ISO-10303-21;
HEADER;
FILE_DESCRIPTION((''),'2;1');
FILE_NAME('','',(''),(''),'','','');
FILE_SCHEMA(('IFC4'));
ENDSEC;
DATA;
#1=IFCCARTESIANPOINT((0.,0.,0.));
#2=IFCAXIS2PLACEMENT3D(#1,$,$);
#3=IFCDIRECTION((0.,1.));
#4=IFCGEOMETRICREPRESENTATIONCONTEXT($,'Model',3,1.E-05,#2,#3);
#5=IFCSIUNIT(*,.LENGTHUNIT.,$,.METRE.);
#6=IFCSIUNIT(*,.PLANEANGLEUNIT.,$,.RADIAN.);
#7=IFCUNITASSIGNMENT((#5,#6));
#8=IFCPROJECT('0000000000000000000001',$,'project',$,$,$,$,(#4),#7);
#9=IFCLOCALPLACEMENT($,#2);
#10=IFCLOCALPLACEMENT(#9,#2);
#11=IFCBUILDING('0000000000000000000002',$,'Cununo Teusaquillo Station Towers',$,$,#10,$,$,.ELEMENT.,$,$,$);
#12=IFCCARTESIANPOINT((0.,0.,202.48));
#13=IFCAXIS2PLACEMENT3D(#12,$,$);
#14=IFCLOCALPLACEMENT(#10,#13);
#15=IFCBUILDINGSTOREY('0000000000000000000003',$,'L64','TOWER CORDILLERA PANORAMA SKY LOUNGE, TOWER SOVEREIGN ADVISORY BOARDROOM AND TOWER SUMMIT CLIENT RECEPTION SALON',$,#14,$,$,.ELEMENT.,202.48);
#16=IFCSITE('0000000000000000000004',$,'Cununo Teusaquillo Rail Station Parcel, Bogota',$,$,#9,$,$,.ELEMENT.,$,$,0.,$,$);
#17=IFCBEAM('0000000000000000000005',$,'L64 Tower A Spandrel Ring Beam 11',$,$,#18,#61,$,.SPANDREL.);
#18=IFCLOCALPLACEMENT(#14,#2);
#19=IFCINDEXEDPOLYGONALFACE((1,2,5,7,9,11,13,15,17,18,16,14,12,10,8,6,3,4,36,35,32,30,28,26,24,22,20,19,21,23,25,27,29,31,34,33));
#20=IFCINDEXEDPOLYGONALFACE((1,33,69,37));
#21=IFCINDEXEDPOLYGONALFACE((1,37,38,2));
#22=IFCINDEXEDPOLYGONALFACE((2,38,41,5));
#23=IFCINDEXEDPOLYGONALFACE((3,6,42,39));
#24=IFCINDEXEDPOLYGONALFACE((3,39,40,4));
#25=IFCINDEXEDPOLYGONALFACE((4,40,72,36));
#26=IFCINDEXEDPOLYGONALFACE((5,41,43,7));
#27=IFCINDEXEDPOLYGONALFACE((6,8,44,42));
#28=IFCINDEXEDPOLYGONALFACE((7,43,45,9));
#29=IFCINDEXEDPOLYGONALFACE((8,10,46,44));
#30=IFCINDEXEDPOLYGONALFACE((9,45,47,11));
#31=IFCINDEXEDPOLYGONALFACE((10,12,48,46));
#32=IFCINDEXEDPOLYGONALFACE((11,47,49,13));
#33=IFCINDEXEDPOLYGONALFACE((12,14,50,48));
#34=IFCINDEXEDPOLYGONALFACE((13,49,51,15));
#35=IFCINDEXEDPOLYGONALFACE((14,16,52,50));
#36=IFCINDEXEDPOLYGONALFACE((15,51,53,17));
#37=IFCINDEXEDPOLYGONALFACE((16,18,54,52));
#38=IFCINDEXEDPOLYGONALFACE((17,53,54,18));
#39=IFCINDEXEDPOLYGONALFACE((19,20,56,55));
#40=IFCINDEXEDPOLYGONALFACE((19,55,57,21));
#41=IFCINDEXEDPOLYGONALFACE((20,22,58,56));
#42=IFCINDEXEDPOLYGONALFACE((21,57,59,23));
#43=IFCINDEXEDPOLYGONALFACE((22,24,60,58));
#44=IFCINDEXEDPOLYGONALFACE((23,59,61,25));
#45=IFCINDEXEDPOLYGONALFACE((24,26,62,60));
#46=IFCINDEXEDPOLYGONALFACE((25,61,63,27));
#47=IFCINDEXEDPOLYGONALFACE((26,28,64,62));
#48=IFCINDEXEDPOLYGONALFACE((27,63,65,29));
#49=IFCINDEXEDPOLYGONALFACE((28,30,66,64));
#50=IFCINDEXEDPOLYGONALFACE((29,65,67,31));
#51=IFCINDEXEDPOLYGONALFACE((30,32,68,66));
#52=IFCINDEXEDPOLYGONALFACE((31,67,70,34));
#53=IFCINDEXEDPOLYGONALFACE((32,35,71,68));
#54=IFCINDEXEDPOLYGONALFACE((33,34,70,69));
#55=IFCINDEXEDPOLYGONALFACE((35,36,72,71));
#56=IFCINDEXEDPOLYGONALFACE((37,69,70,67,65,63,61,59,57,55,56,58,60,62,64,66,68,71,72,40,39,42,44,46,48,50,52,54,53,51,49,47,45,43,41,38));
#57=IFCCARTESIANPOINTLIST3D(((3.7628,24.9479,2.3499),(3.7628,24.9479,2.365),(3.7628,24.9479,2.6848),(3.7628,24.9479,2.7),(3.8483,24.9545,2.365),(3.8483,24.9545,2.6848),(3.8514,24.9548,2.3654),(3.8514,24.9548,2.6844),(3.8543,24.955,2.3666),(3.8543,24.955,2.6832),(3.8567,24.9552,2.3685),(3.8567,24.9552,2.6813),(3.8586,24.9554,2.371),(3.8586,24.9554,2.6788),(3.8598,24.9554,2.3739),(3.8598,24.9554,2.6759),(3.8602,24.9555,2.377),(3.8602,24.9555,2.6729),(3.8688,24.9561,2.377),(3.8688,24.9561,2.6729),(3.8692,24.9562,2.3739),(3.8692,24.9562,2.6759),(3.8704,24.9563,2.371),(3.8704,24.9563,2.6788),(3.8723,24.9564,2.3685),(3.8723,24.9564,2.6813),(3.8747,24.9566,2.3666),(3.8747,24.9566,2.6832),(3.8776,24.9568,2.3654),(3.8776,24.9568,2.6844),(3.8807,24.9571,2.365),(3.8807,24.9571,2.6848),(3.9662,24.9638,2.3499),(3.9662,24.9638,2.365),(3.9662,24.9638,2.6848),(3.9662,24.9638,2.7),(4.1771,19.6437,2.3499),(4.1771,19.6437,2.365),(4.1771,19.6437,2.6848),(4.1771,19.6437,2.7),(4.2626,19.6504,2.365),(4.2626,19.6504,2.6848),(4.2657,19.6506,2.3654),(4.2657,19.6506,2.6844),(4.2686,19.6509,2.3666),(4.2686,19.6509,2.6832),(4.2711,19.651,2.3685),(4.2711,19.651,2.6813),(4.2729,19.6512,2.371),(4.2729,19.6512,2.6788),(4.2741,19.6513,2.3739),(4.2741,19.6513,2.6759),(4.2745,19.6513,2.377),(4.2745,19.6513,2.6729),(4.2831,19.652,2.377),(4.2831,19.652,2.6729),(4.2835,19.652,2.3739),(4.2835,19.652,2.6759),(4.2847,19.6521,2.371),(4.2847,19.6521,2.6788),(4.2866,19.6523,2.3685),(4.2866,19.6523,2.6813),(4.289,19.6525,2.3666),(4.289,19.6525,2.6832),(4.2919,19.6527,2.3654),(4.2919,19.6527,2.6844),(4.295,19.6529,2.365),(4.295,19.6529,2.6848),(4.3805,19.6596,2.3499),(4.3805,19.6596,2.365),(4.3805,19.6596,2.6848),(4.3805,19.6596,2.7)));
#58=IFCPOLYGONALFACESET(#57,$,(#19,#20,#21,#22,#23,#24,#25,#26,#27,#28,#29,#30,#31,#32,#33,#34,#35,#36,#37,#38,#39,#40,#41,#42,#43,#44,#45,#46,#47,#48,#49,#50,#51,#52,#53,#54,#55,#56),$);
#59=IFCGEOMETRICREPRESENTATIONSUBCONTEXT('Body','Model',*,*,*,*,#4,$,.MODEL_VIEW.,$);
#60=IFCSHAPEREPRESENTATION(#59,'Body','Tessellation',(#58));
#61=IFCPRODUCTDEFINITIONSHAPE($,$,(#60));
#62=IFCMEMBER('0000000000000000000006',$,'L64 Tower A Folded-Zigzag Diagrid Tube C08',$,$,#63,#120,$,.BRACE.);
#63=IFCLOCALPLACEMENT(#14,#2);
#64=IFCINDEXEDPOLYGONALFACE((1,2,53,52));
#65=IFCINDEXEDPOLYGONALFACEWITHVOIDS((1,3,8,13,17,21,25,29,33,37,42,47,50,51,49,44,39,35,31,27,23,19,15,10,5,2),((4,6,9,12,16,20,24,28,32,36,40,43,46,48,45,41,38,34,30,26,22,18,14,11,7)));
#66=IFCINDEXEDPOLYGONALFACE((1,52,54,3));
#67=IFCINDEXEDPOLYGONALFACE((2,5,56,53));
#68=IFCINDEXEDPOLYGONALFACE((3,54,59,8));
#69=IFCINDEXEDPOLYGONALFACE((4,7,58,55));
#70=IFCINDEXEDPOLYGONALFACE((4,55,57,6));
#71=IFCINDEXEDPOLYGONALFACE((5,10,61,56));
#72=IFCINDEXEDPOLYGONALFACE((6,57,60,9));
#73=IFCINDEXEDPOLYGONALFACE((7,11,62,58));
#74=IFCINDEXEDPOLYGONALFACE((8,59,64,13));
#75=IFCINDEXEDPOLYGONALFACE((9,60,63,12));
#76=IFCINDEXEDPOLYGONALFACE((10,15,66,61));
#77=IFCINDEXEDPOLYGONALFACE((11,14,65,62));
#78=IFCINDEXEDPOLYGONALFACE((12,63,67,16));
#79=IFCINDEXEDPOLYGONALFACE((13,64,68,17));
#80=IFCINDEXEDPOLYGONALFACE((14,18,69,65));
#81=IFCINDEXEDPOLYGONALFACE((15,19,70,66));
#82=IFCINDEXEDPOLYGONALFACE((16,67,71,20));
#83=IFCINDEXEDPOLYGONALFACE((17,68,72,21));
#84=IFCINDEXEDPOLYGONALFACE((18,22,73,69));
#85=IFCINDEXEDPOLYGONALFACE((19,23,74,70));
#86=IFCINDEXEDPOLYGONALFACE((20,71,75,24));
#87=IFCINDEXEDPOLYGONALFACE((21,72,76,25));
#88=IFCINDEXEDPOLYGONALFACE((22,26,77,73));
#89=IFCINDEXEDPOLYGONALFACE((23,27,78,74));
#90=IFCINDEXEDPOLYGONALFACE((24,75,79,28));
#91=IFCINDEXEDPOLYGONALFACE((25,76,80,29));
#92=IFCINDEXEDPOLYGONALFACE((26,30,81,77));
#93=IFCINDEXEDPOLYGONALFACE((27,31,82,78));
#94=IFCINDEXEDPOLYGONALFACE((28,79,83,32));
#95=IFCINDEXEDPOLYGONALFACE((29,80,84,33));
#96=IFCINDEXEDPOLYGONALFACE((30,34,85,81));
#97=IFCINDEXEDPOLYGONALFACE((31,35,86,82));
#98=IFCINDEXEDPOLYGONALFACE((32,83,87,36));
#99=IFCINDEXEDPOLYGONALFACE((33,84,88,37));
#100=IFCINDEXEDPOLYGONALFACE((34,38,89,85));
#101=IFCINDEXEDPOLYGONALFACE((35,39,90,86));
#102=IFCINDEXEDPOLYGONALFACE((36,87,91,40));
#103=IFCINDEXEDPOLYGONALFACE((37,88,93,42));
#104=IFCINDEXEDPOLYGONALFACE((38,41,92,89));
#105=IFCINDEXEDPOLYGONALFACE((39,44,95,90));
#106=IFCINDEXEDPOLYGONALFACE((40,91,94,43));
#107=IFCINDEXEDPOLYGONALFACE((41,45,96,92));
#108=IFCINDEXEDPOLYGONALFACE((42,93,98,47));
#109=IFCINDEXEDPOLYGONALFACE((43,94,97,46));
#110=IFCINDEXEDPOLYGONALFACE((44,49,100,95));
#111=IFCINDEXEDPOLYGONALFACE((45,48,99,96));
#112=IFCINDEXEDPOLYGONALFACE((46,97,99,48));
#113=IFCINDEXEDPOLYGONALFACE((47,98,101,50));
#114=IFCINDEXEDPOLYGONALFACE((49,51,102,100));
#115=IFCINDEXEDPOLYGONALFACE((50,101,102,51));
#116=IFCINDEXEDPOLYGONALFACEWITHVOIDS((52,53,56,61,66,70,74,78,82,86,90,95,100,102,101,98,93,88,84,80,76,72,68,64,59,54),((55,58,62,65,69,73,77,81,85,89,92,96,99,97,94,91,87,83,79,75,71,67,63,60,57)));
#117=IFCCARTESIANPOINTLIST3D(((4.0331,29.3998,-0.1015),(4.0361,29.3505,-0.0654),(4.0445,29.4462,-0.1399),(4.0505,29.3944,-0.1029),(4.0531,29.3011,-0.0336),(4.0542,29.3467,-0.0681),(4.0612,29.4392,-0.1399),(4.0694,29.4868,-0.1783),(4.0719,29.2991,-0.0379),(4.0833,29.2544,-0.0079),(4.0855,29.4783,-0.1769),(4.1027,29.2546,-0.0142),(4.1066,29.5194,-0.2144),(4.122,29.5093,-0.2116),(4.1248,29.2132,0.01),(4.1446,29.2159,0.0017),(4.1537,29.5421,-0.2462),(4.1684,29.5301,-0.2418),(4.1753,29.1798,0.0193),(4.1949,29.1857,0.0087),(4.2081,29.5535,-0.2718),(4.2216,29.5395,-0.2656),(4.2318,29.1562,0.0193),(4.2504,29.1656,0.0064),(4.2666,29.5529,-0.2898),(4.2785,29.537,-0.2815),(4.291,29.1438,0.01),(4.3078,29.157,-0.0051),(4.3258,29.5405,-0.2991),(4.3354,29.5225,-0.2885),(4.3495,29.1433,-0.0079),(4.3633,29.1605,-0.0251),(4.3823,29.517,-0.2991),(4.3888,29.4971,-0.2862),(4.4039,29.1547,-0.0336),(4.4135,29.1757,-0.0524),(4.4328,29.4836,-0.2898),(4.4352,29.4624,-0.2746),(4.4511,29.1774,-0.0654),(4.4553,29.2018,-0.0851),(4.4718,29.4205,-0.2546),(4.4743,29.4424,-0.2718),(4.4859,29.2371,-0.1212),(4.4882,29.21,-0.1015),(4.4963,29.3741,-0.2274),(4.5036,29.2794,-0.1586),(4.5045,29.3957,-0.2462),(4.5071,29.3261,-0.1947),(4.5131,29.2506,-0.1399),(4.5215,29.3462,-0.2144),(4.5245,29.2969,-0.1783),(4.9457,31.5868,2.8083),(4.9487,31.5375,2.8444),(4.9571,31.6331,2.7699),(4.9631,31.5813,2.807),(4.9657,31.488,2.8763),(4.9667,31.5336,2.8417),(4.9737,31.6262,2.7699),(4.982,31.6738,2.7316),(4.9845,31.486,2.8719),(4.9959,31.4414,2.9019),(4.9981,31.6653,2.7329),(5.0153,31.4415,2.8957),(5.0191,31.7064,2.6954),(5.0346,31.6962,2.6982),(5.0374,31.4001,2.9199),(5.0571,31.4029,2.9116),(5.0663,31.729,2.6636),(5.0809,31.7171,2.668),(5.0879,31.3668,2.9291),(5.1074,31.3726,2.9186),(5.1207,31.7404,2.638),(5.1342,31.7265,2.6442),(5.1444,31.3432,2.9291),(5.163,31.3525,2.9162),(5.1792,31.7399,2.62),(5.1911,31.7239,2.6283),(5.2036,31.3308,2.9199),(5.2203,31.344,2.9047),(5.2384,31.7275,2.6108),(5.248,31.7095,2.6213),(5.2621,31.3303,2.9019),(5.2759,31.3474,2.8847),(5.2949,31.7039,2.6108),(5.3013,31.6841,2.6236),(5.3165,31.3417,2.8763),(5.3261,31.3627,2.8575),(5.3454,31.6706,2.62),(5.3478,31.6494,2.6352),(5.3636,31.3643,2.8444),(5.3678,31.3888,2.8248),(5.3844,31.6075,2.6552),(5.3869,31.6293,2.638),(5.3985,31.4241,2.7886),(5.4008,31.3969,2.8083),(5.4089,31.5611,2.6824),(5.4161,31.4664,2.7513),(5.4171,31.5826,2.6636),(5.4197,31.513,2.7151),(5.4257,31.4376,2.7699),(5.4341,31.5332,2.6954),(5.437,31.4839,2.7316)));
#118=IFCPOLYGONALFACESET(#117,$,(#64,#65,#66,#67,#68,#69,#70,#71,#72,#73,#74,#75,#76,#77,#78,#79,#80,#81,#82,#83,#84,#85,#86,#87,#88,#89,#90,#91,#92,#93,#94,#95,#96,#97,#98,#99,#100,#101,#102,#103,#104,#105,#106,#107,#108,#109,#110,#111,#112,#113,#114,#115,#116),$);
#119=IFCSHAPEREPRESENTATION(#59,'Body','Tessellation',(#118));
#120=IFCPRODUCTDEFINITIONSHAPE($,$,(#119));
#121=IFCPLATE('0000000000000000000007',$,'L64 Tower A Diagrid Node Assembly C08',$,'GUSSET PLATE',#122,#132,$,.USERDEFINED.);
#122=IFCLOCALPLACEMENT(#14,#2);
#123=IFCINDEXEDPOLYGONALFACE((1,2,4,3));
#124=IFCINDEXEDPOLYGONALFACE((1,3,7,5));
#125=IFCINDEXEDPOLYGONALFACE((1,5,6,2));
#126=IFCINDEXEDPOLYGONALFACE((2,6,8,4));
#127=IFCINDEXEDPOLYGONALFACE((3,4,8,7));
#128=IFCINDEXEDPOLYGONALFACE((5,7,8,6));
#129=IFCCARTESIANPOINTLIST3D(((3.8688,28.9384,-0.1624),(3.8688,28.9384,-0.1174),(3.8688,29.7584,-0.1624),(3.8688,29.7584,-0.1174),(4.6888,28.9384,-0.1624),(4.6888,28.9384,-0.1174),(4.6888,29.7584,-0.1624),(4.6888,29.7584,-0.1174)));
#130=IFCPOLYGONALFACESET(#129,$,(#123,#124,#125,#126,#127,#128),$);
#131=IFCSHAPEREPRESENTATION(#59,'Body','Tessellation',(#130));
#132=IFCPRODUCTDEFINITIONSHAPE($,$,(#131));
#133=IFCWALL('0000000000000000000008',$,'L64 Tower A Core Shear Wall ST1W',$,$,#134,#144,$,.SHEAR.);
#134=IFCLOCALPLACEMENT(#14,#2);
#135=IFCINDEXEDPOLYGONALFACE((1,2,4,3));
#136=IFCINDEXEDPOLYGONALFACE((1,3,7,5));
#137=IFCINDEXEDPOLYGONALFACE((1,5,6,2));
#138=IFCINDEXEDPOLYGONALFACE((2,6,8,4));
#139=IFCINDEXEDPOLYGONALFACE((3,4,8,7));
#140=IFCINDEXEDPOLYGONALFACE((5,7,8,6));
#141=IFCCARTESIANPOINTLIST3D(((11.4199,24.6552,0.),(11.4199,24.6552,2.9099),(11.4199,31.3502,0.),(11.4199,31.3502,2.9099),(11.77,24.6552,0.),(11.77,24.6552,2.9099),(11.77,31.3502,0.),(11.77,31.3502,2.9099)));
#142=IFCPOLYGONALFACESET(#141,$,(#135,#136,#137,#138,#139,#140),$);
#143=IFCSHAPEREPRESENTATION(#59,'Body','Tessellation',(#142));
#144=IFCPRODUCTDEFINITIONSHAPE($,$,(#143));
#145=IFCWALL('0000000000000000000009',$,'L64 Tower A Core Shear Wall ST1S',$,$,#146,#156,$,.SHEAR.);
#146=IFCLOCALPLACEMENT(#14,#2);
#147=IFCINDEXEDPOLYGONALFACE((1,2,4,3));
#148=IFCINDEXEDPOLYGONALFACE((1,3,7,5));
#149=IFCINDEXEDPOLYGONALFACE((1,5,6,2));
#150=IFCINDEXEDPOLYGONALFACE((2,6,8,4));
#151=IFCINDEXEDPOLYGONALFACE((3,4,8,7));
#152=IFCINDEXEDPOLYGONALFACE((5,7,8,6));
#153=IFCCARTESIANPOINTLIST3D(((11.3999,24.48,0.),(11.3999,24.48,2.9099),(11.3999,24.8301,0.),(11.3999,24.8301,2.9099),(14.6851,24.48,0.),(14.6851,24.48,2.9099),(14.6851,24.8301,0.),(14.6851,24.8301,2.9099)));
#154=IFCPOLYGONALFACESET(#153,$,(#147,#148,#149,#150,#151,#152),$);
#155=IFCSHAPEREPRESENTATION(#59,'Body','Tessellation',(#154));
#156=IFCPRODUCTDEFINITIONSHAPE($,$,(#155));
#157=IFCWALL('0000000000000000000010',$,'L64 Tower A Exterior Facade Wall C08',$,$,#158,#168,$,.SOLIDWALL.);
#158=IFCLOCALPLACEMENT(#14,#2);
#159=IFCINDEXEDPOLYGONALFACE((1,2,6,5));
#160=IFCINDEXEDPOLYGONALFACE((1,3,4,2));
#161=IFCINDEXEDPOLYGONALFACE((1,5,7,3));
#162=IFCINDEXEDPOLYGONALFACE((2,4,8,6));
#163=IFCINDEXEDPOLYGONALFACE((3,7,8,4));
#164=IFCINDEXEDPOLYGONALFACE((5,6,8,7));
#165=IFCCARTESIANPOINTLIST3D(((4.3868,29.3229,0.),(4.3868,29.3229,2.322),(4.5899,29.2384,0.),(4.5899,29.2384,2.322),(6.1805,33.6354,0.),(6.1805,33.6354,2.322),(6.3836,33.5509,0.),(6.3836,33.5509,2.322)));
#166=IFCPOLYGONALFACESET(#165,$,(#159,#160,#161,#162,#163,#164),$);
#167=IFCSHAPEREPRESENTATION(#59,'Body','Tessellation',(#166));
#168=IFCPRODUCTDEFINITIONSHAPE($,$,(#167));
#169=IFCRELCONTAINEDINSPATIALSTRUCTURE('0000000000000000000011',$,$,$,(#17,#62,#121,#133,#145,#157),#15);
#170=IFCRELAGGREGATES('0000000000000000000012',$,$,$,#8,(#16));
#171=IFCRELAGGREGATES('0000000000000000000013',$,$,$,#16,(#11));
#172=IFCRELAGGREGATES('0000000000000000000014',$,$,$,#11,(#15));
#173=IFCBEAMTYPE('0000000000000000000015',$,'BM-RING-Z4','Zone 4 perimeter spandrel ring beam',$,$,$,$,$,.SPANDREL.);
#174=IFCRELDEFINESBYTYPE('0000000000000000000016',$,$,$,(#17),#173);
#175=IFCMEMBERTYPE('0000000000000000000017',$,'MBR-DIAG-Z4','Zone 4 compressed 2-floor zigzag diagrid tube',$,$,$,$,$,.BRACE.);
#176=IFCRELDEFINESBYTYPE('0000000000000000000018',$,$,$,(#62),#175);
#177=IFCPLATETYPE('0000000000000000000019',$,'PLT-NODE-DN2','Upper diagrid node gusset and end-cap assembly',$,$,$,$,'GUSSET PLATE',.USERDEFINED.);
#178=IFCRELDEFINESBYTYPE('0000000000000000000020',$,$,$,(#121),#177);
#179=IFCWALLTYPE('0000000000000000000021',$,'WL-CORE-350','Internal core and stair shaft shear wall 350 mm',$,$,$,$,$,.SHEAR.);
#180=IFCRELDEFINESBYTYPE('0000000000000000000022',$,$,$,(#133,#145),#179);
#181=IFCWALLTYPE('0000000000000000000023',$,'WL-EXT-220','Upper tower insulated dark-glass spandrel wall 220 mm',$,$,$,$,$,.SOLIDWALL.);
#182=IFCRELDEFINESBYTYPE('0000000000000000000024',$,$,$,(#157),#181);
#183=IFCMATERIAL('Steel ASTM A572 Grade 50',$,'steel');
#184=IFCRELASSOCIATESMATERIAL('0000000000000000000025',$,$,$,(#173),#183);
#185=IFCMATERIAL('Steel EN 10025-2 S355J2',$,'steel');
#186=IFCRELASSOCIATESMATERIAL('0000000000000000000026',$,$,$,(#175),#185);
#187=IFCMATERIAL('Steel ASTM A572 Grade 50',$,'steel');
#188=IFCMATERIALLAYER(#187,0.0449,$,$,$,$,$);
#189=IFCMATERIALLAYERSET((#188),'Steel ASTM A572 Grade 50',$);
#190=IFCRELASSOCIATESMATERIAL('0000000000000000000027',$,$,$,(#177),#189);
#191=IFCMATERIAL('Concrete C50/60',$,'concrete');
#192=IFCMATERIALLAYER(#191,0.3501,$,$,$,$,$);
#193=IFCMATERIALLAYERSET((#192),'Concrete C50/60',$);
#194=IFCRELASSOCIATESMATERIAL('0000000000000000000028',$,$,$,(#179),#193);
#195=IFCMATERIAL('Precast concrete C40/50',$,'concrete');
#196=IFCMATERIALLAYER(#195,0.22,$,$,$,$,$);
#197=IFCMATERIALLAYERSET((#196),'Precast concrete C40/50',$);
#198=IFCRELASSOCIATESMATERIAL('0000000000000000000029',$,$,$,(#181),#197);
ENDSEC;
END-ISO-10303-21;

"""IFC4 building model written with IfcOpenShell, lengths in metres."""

from ifc_helpers import new_model, si_unit, direction, frame, frame_2d, origin, origin_2d, place, context, subcontext, project, spatial, rectangle, hollow_circle, i_section, extrude, source, transform, mapped, material, layer, layer_set, material_profile, profile_set, type_object, element, save


model = new_model("IFC4")

# Units and contexts
model_context = context("Model", 3, precision=1e-05, world=origin(), true_north=direction((0.0, 1.0)))
body_context = subcontext(model_context, "Body", "Model", "MODEL_VIEW")
ifc_project = project(units=[si_unit("LENGTHUNIT", "METRE"), si_unit("PLANEANGLEUNIT", "RADIAN")], contexts=[model_context])

# Site, building, storey
site_placement = place(None, origin())
site = spatial("IfcSite", under=ifc_project, at=site_placement, Name="Cununo Teusaquillo Rail Station Parcel, Bogota", CompositionType="ELEMENT", RefElevation=0.0)
building_placement = place(site_placement, origin())
building = spatial("IfcBuilding", under=site, at=building_placement, Name="Cununo Teusaquillo Station Towers", CompositionType="ELEMENT")
storey_placement = place(building_placement, frame((0.0, 0.0, 202.48)))
storey = spatial("IfcBuildingStorey", under=building, at=storey_placement, Name="L64", Description="TOWER CORDILLERA PANORAMA SKY LOUNGE, TOWER SOVEREIGN ADVISORY BOARDROOM AND TOWER SUMMIT CLIENT RECEPTION SALON", CompositionType="ELEMENT", Elevation=202.48)

# Beam
ifc_material_1 = material(Name="Steel ASTM A572 Grade 50", Category="steel")
ifc_material_profile_1 = material_profile(ifc_material_1, i_section(OverallWidth=0.2041, OverallDepth=0.3501, WebThickness=0.0085, FlangeThickness=0.0151, FilletRadius=0.012, at=origin_2d()), Name="W14X48")
ifc_profile_set_1 = profile_set([ifc_material_profile_1], Name="Steel ASTM A572 Grade 50")
beam_type_1 = type_object("IfcBeamType", Name="BM-RING-Z4", Description="Zone 4 perimeter spandrel ring beam", PredefinedType="SPANDREL", material=ifc_profile_set_1)
beam_1_placement = place(storey_placement, frame((3.8645, 24.9558, 2.5249), z_axis=(0.077872, -0.996963, 0.0), x_axis=(0.996963, 0.077872, 0.0)))
element("IfcBeam", 1, at=beam_1_placement, inside=storey, type_object=beam_type_1, Name="L64 Tower A Spandrel Ring Beam 11", PredefinedType="SPANDREL", context=body_context, shape_type="SweptSolid", body=[
    extrude(i_section(OverallWidth=0.2041, OverallDepth=0.3501, WebThickness=0.0085, FlangeThickness=0.0151, FilletRadius=0.012, at=origin_2d()), origin(), (0.0, 0.0, 1.0), 5.3203),
])

# Member
ifc_material_2 = material(Name="Steel EN 10025-2 S355J2", Category="steel")
ifc_material_profile_2 = material_profile(ifc_material_2, hollow_circle(Radius=0.2539, WallThickness=0.0181, at=origin_2d()), Name="CHS 508x18")
ifc_profile_set_2 = profile_set([ifc_material_profile_2], Name="Steel EN 10025-2 S355J2")
member_type = type_object("IfcMemberType", Name="MBR-DIAG-Z4", Description="Zone 4 compressed 2-floor zigzag diagrid tube", PredefinedType="BRACE", material=ifc_profile_set_2)
member_placement = place(storey_placement, frame((4.2788, 29.3484, -0.1399), z_axis=(0.243178, 0.582769, 0.775399), x_axis=(-0.922876, 0.385098, 0.0)))
element("IfcMember", 2, at=member_placement, inside=storey, type_object=member_type, Name="L64 Tower A Folded-Zigzag Diagrid Tube C08", PredefinedType="BRACE", context=body_context, shape_type="SweptSolid", body=[
    extrude(hollow_circle(Radius=0.2539, WallThickness=0.0181, at=origin_2d()), origin(), (0.0, 0.0, 1.0), 3.7527),
])

# Plate
ifc_material_3 = material(Name="Steel ASTM A572 Grade 50", Category="steel")
ifc_layer_1 = layer(ifc_material_3, 0.0449)
ifc_layer_set_1 = layer_set([ifc_layer_1], Name="Steel ASTM A572 Grade 50")
plate_type = type_object("IfcPlateType", Name="PLT-NODE-DN2", Description="Upper diagrid node gusset and end-cap assembly", ElementType="GUSSET PLATE", PredefinedType="USERDEFINED", material=ifc_layer_set_1)
shared_shape_1 = source(origin(), body_context, "Body", "SweptSolid", [
    extrude(rectangle(XDim=0.8201, YDim=0.8201, at=origin_2d()), origin(), (0.0, 0.0, 1.0), 0.0449),
])
plate_placement = place(storey_placement, frame((4.2788, 29.3484, -0.1624), z_axis=(0.0, 0.0, 1.0), x_axis=(1.0, 0.0, 0.0)))
element("IfcPlate", 3, at=plate_placement, inside=storey, type_object=plate_type, Name="L64 Tower A Diagrid Node Assembly C08", ObjectType="GUSSET PLATE", PredefinedType="USERDEFINED", context=body_context, shape_type="MappedRepresentation", body=[
    mapped(shared_shape_1, transform((0.0, 0.0, 0.0), x_axis=(1.0, 0.0, 0.0), y_axis=(0.0, 1.0, 0.0), z_axis=(0.0, 0.0, 1.0), scale=1.0)),
])

# Walls
ifc_material_4 = material(Name="Concrete C50/60", Category="concrete")
ifc_layer_2 = layer(ifc_material_4, 0.3501)
ifc_layer_set_2 = layer_set([ifc_layer_2], Name="Concrete C50/60")
wall_type_1 = type_object("IfcWallType", Name="WL-CORE-350", Description="Internal core and stair shaft shear wall 350 mm", PredefinedType="SHEAR", material=ifc_layer_set_2)
wall_1_placement = place(storey_placement, frame((11.595, 24.655, 0.0), z_axis=(0.0, 0.0, 1.0), x_axis=(0.0, 1.0, 0.0)))
element("IfcWall", 4, at=wall_1_placement, inside=storey, type_object=wall_type_1, Name="L64 Tower A Core Shear Wall ST1W", PredefinedType="SHEAR", context=body_context, shape_type="SweptSolid", body=[
    extrude(rectangle(XDim=6.6951, YDim=0.3501, at=frame_2d((3.3477, 0.0))), origin(), (0.0, 0.0, 1.0), 2.9099),
])
wall_2_placement = place(storey_placement, frame((11.3999, 24.655, 0.0), z_axis=(0.0, 0.0, 1.0), x_axis=(1.0, 0.0, 0.0)))
element("IfcWall", 5, at=wall_2_placement, inside=storey, type_object=wall_type_1, Name="L64 Tower A Core Shear Wall ST1S", PredefinedType="SHEAR", context=body_context, shape_type="SweptSolid", body=[
    extrude(rectangle(XDim=3.2852, YDim=0.3501, at=frame_2d((1.6426, 0.0))), origin(), (0.0, 0.0, 1.0), 2.9099),
])
ifc_material_5 = material(Name="Precast concrete C40/50", Category="concrete")
ifc_layer_3 = layer(ifc_material_5, 0.22)
ifc_layer_set_3 = layer_set([ifc_layer_3], Name="Precast concrete C40/50")
wall_type_2 = type_object("IfcWallType", Name="WL-EXT-220", Description="Upper tower insulated dark-glass spandrel wall 220 mm", PredefinedType="SOLIDWALL", material=ifc_layer_set_3)
wall_3_placement = place(storey_placement, frame((4.4883, 29.2805, 0.0), z_axis=(0.0, 0.0, 1.0), x_axis=(0.384036, 0.923318, 0.0)))
element("IfcWall", 6, at=wall_3_placement, inside=storey, type_object=wall_type_2, Name="L64 Tower A Exterior Facade Wall C08", PredefinedType="SOLIDWALL", context=body_context, shape_type="SweptSolid", body=[
    extrude(rectangle(XDim=4.6707, YDim=0.22, at=frame_2d((2.3354, 0.0))), origin(), (0.0, 0.0, 1.0), 2.322),
])

save(model, "model.ifc")
